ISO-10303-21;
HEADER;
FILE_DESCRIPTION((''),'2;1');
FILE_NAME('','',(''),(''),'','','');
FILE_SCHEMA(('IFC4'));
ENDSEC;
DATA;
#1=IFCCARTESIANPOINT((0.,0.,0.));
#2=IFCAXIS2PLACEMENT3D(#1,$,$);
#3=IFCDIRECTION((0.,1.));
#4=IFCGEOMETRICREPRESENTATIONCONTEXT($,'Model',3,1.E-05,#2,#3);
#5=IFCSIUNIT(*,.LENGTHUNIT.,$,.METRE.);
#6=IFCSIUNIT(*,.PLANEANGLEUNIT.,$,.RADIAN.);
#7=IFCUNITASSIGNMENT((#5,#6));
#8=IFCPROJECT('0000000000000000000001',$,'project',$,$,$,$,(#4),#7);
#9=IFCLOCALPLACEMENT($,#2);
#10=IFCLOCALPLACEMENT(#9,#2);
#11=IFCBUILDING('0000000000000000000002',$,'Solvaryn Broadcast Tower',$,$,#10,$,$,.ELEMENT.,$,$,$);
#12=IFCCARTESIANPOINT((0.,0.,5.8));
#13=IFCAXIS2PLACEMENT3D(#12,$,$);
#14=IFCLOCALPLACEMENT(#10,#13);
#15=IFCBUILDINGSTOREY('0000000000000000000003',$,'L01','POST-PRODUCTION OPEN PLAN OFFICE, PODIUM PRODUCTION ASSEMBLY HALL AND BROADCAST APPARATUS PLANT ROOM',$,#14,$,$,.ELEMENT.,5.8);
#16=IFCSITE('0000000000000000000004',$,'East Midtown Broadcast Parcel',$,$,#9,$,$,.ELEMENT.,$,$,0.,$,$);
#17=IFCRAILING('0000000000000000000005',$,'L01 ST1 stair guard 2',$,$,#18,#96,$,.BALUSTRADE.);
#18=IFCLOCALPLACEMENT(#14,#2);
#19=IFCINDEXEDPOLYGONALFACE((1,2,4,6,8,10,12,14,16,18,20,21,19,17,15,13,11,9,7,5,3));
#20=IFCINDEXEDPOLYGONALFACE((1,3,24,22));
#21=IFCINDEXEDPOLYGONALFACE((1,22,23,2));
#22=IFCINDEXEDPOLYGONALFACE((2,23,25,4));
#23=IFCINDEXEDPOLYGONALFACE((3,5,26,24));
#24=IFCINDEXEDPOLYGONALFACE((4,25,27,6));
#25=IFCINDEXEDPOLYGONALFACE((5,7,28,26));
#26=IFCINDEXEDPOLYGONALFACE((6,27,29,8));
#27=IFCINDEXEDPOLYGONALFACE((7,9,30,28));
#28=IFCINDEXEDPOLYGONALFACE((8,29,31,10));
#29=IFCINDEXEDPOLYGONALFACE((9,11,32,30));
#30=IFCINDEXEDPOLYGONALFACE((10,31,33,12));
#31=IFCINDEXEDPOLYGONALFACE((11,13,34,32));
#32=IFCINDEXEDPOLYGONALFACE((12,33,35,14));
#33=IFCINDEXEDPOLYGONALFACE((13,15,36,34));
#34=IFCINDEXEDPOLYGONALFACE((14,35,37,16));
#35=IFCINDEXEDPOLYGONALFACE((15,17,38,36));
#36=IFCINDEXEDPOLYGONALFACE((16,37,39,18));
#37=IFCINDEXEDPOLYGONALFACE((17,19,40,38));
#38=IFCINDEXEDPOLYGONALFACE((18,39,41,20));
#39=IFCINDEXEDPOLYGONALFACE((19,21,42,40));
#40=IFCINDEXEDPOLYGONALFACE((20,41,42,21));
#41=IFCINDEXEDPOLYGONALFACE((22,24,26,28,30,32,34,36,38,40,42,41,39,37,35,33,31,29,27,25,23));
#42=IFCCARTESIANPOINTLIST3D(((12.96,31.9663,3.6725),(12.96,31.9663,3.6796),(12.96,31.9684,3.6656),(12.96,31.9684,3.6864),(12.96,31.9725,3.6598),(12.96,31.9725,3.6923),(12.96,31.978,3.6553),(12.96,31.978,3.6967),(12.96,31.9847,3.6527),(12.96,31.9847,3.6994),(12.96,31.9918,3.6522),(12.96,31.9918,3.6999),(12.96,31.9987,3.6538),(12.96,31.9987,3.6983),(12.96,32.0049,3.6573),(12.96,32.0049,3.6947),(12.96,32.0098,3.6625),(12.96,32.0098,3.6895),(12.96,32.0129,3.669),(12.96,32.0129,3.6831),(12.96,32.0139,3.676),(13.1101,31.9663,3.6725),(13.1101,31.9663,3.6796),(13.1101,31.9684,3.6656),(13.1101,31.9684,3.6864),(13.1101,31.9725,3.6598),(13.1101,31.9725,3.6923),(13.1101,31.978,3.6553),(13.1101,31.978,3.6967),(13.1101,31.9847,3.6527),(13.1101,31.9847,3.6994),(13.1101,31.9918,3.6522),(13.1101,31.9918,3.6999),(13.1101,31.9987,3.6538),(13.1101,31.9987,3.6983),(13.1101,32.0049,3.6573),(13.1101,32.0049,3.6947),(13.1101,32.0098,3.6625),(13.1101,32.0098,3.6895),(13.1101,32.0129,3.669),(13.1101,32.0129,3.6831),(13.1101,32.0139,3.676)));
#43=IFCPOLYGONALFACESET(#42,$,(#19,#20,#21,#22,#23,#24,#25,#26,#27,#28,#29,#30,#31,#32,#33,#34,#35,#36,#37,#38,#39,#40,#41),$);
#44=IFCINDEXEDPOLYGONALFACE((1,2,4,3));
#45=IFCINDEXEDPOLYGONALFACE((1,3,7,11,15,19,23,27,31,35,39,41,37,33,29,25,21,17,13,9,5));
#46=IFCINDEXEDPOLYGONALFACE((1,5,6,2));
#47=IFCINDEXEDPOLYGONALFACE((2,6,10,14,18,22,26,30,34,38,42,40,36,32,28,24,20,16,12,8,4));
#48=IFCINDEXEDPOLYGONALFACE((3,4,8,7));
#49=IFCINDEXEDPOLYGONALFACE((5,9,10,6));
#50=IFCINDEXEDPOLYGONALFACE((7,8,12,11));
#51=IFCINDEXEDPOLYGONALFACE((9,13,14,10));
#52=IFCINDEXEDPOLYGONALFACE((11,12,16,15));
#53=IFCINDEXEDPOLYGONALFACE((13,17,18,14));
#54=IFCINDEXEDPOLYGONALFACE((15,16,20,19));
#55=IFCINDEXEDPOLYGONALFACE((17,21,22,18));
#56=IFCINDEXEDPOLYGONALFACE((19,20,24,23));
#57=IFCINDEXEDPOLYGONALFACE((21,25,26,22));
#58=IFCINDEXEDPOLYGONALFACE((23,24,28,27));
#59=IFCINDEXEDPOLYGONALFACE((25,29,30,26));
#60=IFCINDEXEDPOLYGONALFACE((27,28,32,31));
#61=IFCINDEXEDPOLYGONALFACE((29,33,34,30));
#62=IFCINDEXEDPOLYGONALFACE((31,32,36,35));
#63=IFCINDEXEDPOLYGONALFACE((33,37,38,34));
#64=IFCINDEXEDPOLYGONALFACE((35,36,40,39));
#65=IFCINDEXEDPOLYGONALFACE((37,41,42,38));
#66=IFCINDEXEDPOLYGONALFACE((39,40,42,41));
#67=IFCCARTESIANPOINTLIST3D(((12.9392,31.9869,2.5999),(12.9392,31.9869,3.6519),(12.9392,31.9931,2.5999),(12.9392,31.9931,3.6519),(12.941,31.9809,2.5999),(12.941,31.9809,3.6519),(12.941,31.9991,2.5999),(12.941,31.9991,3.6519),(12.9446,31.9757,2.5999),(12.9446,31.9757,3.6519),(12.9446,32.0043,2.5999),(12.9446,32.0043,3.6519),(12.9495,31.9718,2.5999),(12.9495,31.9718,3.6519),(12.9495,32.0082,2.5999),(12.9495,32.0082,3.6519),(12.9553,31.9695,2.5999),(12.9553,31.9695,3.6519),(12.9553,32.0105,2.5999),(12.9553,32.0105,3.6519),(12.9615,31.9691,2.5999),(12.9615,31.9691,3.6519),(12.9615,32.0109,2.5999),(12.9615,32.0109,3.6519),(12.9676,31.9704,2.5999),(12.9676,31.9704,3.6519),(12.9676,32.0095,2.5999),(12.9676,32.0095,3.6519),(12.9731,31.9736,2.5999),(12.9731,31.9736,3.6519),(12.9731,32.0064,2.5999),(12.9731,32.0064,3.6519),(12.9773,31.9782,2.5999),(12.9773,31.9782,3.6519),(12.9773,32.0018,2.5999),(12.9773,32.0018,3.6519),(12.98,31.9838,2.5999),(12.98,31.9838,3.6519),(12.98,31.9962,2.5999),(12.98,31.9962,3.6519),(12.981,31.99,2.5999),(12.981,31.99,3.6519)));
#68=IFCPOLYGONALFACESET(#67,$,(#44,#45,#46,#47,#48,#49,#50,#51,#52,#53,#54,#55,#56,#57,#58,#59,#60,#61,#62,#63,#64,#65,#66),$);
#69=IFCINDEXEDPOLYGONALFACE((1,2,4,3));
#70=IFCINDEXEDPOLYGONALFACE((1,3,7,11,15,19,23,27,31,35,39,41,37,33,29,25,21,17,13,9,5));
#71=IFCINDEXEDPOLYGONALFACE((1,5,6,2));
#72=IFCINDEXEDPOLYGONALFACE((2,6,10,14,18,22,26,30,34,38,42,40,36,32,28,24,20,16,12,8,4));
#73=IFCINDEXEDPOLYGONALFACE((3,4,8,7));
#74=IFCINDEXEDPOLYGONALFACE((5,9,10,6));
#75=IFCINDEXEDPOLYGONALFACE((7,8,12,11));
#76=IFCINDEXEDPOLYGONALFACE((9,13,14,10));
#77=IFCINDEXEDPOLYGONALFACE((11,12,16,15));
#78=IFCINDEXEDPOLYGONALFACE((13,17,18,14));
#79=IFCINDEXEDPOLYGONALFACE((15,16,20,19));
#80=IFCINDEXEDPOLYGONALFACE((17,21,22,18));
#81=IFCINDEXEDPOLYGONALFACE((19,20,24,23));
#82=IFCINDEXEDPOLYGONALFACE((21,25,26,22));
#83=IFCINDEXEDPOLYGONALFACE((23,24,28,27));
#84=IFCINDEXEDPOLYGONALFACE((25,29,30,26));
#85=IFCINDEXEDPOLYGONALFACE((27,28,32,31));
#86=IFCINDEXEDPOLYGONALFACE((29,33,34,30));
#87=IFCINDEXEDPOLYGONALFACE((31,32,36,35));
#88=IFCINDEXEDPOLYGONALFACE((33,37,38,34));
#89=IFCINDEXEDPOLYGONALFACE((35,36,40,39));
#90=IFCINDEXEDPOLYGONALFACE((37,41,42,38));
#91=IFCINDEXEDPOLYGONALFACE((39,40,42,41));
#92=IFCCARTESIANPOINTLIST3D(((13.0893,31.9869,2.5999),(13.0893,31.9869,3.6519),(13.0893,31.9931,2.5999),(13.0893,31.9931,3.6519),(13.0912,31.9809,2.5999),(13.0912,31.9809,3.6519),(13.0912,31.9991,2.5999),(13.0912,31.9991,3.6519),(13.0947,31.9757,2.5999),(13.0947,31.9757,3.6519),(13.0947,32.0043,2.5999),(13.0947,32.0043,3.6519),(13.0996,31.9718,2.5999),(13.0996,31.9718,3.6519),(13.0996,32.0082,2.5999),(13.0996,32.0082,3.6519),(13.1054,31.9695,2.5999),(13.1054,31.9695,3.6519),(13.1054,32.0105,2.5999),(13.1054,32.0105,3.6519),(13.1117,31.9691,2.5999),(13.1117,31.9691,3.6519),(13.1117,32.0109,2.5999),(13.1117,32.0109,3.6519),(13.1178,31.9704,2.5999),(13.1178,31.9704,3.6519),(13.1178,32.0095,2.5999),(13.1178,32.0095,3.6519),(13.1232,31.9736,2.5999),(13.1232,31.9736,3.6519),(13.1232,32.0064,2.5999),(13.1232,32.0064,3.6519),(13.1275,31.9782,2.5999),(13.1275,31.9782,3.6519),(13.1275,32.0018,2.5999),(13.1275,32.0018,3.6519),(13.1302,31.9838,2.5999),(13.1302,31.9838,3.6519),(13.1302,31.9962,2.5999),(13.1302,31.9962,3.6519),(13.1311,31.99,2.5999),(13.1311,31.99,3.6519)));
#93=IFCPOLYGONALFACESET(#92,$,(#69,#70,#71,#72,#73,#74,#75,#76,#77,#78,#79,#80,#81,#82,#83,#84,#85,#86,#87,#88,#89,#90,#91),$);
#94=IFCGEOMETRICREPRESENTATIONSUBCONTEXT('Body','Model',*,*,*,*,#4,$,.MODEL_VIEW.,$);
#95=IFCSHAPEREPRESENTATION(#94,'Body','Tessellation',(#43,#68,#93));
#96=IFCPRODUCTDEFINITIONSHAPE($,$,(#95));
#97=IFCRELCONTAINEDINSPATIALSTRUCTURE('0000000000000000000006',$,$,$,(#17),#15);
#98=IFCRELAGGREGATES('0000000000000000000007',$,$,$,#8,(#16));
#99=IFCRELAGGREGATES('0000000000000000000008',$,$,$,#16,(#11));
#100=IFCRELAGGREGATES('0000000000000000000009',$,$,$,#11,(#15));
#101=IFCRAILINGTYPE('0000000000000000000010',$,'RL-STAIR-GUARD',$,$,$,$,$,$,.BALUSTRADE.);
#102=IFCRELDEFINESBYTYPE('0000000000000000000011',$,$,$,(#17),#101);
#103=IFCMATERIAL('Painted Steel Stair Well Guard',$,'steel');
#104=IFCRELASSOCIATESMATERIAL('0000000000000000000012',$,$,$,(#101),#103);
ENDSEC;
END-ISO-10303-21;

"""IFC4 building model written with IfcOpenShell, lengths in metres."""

from ifc_helpers import new_model, si_unit, direction, frame, origin, origin_2d, place, context, subcontext, project, spatial, circle, extrude, material, type_object, element, save


model = new_model("IFC4")

# Units and contexts
model_context = context("Model", 3, precision=1e-05, world=origin(), true_north=direction((0.0, 1.0)))
body_context = subcontext(model_context, "Body", "Model", "MODEL_VIEW")
ifc_project = project(units=[si_unit("LENGTHUNIT", "METRE"), si_unit("PLANEANGLEUNIT", "RADIAN")], contexts=[model_context])

# Site, building, storey
site_placement = place(None, origin())
site = spatial("IfcSite", under=ifc_project, at=site_placement, Name="East Midtown Broadcast Parcel", CompositionType="ELEMENT", RefElevation=0.0)
building_placement = place(site_placement, origin())
building = spatial("IfcBuilding", under=site, at=building_placement, Name="Solvaryn Broadcast Tower", CompositionType="ELEMENT")
storey_placement = place(building_placement, frame((0.0, 0.0, 5.8)))
storey = spatial("IfcBuildingStorey", under=building, at=storey_placement, Name="L01", Description="POST-PRODUCTION OPEN PLAN OFFICE, PODIUM PRODUCTION ASSEMBLY HALL AND BROADCAST APPARATUS PLANT ROOM", CompositionType="ELEMENT", Elevation=5.8)

# Railing
ifc_material_1 = material(Name="Painted Steel Stair Well Guard", Category="steel")
railing_type_1 = type_object("IfcRailingType", Name="RL-STAIR-GUARD", PredefinedType="BALUSTRADE", material=ifc_material_1)
railing_1_placement = place(storey_placement, frame((12.96, 31.99, 2.5999)))
element("IfcRailing", 1, at=railing_1_placement, inside=storey, type_object=railing_type_1, Name="L01 ST1 stair guard 2", PredefinedType="BALUSTRADE", context=body_context, shape_type="SweptSolid", body=[
    extrude(circle(Radius=0.0239, at=origin_2d()), frame((0.0, 0.0, 1.0762), z_axis=(1.0, 0.0, 0.0), x_axis=(0.0, 1.0, 0.0)), (0.0, 0.0, 1.0), 0.1501),
    extrude(circle(Radius=0.021, at=origin_2d()), origin(), (0.0, 0.0, 1.0), 1.052),
    extrude(circle(Radius=0.021, at=origin_2d()), frame((0.1501, 0.0, 0.0)), (0.0, 0.0, 1.0), 1.052),
])

save(model, "model.ifc")
